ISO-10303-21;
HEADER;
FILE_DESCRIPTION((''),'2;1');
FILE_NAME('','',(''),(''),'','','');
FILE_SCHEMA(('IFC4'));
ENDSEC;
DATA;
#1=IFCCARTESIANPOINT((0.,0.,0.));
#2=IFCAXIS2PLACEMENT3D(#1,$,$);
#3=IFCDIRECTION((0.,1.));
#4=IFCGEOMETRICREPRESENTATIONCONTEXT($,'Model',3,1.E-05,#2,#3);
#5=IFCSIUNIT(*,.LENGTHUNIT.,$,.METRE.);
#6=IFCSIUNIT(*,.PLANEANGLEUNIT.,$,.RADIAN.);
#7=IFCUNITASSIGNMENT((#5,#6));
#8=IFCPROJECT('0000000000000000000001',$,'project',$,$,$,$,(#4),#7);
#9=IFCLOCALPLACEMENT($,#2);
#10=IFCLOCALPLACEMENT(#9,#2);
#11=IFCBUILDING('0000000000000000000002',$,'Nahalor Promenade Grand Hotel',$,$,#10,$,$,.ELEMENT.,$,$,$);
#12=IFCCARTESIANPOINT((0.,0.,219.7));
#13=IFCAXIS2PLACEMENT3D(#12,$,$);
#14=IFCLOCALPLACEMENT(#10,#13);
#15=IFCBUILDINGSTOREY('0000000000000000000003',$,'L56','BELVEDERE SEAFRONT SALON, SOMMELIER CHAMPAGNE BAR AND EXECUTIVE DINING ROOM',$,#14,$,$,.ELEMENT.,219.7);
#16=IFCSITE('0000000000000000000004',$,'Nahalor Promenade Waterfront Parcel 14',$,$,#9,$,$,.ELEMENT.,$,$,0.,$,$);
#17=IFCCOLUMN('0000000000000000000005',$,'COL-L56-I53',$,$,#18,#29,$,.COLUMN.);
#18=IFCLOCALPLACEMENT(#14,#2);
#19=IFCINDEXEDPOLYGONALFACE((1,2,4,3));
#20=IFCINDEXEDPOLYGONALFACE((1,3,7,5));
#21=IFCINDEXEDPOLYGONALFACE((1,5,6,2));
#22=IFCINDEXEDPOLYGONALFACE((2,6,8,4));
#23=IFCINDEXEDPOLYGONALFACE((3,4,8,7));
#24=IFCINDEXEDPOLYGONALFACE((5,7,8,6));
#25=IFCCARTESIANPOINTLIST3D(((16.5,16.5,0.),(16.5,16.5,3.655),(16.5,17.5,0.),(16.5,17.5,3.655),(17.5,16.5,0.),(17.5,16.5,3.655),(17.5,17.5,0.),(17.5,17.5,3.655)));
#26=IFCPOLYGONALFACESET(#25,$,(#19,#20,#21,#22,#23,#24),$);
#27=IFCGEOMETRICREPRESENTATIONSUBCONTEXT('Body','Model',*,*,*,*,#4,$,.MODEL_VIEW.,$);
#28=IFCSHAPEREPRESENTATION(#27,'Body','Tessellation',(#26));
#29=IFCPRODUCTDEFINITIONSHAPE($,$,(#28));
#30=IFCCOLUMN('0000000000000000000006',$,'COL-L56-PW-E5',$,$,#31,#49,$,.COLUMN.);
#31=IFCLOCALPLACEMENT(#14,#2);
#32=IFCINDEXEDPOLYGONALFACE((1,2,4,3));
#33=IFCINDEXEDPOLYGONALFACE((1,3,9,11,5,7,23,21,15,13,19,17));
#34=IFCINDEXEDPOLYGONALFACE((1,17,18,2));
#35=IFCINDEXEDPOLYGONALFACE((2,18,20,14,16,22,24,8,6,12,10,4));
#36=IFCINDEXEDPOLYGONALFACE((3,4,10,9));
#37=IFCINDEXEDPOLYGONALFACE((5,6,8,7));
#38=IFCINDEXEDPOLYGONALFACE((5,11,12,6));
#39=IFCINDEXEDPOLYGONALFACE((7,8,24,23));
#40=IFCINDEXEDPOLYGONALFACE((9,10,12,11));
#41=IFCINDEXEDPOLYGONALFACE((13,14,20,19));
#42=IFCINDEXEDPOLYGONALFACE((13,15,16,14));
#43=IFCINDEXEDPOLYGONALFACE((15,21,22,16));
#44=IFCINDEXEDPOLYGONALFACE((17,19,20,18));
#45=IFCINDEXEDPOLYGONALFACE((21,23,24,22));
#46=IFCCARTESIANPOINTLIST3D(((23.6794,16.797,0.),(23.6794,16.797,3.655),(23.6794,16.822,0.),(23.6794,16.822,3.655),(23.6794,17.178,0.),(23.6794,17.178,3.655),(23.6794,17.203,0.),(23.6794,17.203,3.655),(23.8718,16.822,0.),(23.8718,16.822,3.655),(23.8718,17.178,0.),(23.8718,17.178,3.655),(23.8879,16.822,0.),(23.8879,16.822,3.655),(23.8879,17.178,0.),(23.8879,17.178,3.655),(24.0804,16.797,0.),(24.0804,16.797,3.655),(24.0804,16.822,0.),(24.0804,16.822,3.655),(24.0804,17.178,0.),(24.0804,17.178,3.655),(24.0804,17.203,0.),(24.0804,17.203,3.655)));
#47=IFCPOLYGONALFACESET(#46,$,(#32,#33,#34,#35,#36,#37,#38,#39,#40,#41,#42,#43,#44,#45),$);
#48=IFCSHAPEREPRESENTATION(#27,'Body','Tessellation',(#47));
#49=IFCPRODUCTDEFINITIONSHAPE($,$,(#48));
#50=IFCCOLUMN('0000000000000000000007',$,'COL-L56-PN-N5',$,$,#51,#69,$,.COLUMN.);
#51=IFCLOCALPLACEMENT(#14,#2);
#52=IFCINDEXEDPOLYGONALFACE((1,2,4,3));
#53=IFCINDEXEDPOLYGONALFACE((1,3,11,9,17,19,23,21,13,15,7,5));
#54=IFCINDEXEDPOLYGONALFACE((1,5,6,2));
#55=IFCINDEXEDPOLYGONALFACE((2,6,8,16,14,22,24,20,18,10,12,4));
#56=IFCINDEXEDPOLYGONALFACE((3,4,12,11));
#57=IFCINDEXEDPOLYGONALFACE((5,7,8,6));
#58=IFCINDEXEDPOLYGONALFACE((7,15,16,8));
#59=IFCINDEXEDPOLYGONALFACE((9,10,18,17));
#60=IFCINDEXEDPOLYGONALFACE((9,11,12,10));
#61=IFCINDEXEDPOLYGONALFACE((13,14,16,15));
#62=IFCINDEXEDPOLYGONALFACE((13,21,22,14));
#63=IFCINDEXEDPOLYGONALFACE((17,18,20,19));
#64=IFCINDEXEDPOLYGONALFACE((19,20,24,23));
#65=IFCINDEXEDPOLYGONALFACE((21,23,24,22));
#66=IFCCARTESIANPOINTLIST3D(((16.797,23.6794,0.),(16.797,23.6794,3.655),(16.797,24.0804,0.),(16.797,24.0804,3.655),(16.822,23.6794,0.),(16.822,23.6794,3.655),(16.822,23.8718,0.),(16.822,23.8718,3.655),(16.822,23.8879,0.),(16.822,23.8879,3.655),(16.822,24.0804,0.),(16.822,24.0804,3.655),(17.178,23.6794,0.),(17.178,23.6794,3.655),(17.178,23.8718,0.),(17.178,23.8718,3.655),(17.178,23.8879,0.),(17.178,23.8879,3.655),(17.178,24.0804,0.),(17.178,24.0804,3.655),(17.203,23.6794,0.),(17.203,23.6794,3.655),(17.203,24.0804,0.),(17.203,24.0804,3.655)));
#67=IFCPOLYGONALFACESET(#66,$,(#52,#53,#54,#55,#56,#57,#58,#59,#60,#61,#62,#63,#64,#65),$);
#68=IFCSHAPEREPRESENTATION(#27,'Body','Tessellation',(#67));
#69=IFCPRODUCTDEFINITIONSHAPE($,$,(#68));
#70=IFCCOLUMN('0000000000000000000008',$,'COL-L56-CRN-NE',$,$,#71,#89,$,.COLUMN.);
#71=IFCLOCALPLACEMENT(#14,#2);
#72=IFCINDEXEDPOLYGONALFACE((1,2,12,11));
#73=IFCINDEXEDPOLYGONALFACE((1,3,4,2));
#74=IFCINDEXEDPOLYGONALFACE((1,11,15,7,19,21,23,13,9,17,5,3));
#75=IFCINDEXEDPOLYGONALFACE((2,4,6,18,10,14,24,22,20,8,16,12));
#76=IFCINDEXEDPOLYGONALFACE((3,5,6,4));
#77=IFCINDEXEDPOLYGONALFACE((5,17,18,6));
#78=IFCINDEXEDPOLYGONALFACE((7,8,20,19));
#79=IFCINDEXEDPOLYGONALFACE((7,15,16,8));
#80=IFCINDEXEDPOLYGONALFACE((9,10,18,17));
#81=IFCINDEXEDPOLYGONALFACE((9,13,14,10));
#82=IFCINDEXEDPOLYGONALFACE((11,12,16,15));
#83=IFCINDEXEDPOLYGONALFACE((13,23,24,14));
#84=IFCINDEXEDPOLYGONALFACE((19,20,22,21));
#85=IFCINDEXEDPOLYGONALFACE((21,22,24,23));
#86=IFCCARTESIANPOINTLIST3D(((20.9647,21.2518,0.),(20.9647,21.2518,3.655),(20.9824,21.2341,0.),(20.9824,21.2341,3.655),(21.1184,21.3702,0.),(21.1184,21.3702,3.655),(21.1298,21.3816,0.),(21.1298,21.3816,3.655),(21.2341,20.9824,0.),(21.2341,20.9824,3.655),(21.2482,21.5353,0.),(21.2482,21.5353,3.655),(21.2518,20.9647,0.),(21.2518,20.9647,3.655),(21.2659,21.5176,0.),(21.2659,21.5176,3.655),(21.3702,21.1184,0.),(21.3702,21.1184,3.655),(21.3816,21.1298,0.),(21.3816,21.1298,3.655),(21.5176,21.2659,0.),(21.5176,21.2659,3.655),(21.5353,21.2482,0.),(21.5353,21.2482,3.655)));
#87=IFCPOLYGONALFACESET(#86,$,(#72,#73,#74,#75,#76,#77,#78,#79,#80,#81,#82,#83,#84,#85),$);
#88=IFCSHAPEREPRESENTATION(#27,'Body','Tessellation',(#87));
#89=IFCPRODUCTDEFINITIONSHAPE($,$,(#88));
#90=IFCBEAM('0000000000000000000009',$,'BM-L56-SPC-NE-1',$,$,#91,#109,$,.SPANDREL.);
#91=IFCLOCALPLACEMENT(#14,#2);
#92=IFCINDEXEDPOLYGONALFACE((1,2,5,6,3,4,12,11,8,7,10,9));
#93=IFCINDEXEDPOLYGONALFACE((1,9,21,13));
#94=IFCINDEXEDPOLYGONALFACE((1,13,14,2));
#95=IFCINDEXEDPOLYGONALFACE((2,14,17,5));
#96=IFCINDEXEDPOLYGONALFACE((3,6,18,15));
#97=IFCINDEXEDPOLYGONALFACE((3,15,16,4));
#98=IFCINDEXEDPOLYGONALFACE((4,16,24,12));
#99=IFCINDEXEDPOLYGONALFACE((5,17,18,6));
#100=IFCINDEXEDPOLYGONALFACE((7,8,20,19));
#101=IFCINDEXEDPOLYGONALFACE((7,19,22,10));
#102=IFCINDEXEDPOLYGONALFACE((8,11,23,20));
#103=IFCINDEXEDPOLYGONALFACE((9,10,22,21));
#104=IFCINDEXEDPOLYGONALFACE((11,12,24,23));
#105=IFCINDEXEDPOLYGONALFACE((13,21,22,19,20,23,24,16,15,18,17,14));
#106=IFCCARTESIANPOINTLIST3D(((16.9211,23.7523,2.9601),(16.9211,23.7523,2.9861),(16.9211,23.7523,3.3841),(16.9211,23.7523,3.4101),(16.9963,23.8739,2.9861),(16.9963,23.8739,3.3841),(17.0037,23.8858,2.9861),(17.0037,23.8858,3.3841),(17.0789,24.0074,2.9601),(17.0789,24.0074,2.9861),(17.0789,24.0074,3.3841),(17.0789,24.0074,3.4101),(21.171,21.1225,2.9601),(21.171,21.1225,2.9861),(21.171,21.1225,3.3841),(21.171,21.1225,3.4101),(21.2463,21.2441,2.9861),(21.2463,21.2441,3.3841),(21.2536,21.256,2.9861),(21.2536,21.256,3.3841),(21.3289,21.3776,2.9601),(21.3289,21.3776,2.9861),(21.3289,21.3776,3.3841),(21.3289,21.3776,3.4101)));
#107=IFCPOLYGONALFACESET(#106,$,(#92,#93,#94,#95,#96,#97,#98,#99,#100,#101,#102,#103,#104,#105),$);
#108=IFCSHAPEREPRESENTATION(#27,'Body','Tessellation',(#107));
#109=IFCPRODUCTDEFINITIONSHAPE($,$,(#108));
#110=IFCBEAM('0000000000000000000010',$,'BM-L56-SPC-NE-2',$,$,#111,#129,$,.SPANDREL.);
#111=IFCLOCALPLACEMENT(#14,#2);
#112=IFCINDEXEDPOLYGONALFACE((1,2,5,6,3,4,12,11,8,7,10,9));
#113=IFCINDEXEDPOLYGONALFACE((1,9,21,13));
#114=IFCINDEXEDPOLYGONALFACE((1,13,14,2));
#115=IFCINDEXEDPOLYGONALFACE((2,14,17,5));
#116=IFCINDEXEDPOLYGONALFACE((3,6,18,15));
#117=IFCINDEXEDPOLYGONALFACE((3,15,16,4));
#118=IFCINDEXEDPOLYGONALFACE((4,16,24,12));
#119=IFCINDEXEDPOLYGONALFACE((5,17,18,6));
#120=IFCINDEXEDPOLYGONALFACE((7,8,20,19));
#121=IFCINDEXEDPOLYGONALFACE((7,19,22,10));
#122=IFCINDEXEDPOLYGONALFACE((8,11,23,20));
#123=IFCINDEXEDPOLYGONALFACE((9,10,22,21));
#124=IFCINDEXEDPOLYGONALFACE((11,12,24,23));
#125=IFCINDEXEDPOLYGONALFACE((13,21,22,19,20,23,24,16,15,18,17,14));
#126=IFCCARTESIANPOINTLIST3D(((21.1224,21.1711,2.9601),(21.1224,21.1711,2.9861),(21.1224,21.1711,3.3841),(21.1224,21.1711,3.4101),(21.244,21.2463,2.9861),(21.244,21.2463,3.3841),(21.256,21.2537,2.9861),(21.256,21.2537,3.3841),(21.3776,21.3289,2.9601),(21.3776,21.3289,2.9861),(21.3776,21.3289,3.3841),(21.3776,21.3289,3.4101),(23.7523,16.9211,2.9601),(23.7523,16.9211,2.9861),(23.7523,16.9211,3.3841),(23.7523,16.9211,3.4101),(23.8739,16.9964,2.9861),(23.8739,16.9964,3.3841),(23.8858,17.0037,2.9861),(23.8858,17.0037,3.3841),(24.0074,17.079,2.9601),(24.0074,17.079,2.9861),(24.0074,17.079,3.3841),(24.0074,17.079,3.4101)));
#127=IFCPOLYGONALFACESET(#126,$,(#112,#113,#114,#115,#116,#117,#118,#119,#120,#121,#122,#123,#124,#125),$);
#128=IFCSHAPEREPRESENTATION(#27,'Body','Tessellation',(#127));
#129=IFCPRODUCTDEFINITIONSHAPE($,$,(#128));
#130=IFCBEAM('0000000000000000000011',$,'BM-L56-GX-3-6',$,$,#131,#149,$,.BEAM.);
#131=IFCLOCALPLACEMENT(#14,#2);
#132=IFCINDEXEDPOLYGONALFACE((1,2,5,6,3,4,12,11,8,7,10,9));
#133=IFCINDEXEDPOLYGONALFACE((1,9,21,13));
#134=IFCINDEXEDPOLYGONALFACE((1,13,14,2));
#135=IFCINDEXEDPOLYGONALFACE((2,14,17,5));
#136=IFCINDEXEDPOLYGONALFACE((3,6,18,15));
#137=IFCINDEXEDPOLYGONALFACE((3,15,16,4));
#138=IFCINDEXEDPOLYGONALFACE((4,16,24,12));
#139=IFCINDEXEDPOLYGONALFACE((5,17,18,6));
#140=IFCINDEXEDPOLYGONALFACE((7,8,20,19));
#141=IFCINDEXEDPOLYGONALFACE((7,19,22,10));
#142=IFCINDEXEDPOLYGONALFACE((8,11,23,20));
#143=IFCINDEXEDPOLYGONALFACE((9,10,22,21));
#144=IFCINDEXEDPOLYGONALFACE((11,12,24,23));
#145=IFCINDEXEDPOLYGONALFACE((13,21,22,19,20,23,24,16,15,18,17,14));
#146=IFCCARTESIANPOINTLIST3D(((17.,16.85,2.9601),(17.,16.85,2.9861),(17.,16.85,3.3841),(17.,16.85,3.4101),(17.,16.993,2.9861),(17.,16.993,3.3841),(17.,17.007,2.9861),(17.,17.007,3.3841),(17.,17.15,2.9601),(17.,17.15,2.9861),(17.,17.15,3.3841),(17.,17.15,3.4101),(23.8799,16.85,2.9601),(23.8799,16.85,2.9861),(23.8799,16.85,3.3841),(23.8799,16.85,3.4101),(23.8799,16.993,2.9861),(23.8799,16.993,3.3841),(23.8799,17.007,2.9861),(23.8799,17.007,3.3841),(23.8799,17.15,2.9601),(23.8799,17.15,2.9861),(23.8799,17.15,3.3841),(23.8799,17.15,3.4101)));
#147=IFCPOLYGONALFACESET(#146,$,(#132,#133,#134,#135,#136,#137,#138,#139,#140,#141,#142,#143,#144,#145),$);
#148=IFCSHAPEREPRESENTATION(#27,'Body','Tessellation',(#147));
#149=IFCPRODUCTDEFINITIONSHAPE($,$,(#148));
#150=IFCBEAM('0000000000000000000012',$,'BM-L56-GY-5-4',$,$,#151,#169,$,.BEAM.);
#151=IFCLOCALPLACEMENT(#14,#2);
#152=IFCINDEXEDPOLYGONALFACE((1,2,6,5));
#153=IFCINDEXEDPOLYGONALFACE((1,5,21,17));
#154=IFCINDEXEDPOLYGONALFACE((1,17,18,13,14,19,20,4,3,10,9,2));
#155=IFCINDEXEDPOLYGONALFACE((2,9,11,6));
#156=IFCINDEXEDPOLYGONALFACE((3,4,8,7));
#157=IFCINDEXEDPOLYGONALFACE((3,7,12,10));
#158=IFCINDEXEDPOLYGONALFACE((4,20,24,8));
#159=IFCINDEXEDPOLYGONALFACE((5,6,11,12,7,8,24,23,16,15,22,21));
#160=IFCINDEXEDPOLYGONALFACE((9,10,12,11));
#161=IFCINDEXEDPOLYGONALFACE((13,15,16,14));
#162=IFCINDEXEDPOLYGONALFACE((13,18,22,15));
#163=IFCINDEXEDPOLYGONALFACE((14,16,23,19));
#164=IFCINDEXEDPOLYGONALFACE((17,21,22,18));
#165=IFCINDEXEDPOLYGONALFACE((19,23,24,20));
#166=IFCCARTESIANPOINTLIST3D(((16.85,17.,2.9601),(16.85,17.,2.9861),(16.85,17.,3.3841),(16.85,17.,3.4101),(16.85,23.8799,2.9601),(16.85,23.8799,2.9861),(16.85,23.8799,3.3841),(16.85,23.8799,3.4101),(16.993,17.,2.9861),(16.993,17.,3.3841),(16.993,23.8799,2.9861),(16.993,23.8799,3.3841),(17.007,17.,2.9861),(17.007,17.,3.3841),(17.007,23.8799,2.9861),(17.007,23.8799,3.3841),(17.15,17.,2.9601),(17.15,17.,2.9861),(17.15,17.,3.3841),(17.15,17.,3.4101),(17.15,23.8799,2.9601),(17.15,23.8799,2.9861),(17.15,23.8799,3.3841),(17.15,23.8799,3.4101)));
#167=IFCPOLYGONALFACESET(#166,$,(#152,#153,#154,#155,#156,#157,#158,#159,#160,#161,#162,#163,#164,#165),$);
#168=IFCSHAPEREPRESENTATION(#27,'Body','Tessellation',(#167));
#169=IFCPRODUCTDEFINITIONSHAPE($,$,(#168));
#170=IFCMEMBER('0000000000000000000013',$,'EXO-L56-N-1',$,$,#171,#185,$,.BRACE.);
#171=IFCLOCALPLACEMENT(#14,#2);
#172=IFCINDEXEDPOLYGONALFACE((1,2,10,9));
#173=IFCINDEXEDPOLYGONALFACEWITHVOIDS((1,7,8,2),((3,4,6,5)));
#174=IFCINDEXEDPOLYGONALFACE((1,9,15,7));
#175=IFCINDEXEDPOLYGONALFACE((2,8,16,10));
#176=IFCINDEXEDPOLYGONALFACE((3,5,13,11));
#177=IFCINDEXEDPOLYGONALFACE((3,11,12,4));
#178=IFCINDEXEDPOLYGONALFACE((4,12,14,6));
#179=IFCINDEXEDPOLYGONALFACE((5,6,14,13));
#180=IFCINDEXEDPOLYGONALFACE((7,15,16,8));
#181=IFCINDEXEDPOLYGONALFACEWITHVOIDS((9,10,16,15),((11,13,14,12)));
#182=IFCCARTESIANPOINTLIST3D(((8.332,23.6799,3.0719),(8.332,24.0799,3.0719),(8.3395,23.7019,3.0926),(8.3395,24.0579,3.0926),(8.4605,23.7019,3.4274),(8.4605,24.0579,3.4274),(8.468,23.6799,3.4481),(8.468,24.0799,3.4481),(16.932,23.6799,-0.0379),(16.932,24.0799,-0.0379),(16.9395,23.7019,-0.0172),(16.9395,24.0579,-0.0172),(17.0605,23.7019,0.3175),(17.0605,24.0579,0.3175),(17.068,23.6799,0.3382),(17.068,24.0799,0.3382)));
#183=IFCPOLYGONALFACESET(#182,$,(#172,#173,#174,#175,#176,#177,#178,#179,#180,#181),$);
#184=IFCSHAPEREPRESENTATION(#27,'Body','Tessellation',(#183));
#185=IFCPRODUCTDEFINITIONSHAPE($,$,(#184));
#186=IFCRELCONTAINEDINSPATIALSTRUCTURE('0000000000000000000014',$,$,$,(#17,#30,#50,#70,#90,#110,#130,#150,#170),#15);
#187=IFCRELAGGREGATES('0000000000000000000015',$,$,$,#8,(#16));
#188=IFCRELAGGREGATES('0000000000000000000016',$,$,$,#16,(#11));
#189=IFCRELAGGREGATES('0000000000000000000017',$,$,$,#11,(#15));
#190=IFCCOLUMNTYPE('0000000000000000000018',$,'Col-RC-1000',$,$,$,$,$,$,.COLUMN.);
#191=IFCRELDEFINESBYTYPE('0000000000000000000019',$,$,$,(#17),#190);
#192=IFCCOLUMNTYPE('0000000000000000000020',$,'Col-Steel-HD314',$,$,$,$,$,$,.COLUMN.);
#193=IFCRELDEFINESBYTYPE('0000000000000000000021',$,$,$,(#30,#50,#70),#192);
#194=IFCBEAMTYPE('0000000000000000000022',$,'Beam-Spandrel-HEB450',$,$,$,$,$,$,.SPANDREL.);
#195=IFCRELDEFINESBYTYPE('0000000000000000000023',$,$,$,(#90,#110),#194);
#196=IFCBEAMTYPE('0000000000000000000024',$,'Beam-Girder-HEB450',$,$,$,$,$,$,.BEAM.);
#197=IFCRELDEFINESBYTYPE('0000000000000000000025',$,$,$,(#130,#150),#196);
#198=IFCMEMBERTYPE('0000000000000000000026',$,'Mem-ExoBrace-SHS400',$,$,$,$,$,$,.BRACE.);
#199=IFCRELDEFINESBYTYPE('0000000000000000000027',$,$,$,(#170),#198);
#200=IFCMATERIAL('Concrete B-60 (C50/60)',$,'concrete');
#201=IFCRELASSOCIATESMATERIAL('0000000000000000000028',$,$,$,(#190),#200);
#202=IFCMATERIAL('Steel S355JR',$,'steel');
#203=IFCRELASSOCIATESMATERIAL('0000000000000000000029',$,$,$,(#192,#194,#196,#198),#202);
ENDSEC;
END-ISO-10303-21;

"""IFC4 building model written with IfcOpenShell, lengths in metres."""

from ifc_helpers import new_model, si_unit, direction, frame, origin, origin_2d, place, context, subcontext, project, spatial, rectangle, hollow_rectangle, i_section, extrude, source, transform, mapped, material, material_profile, profile_set, type_object, element, save


model = new_model("IFC4")

# Units and contexts
model_context = context("Model", 3, precision=1e-05, world=origin(), true_north=direction((0.0, 1.0)))
body_context = subcontext(model_context, "Body", "Model", "MODEL_VIEW")
ifc_project = project(units=[si_unit("LENGTHUNIT", "METRE"), si_unit("PLANEANGLEUNIT", "RADIAN")], contexts=[model_context])

# Site, building, storey
site_placement = place(None, origin())
site = spatial("IfcSite", under=ifc_project, at=site_placement, Name="Nahalor Promenade Waterfront Parcel 14", CompositionType="ELEMENT", RefElevation=0.0)
building_placement = place(site_placement, origin())
building = spatial("IfcBuilding", under=site, at=building_placement, Name="Nahalor Promenade Grand Hotel", CompositionType="ELEMENT")
storey_placement = place(building_placement, frame((0.0, 0.0, 219.7)))
storey = spatial("IfcBuildingStorey", under=building, at=storey_placement, Name="L56", Description="BELVEDERE SEAFRONT SALON, SOMMELIER CHAMPAGNE BAR AND EXECUTIVE DINING ROOM", CompositionType="ELEMENT", Elevation=219.7)

# Columns
ifc_material_1 = material(Name="Concrete B-60 (C50/60)", Category="concrete")
ifc_material_profile_1 = material_profile(ifc_material_1, rectangle(XDim=1.0, YDim=1.0, at=origin_2d()), Name="RC 1000x1000")
ifc_profile_set_1 = profile_set([ifc_material_profile_1], Name="Concrete B-60 (C50/60)")
column_type_1 = type_object("IfcColumnType", Name="Col-RC-1000", PredefinedType="COLUMN", material=ifc_profile_set_1)
shared_shape_1 = source(origin(), body_context, "Body", "SweptSolid", [
    extrude(rectangle(XDim=1.0, YDim=1.0, at=origin_2d()), origin(), (0.0, 0.0, 1.0), 3.655),
])
column_placement = place(storey_placement, frame((17.0, 17.0, 0.0), z_axis=(0.0, 0.0, 1.0), x_axis=(1.0, 0.0, 0.0)))
element("IfcColumn", 1, at=column_placement, inside=storey, type_object=column_type_1, Name="COL-L56-I53", PredefinedType="COLUMN", context=body_context, shape_type="MappedRepresentation", body=[
    mapped(shared_shape_1, transform((0.0, 0.0, 0.0), scale=1.0)),
])
ifc_material_2 = material(Name="Steel S355JR", Category="steel")
ifc_material_profile_2 = material_profile(ifc_material_2, i_section(OverallWidth=0.401, OverallDepth=0.406, WebThickness=0.0161, FlangeThickness=0.025, at=origin_2d()), Name="HD 400x314")
ifc_profile_set_2 = profile_set([ifc_material_profile_2], Name="Steel S355JR")
column_type_2 = type_object("IfcColumnType", Name="Col-Steel-HD314", PredefinedType="COLUMN", material=ifc_profile_set_2)
shared_shape_2 = source(origin(), body_context, "Body", "SweptSolid", [
    extrude(i_section(OverallWidth=0.401, OverallDepth=0.406, WebThickness=0.0161, FlangeThickness=0.025, at=origin_2d()), origin(), (0.0, 0.0, 1.0), 3.655),
])
for number, where, z_axis, x_axis, name in (
    (2, (23.8799, 17.0, 0.0), (0.0, 0.0, 1.0), (1.0, 0.0, 0.0), "COL-L56-PW-E5"),
    (3, (17.0, 23.8799, 0.0), (0.0, 0.0, 1.0), (0.0, 1.0, 0.0), "COL-L56-PN-N5"),
    (4, (21.25, 21.25, 0.0), (0.0, 0.0, 1.0), (0.707107, 0.707107, 0.0), "COL-L56-CRN-NE"),
):
    element("IfcColumn", number, at=place(storey_placement, frame(where, z_axis=z_axis, x_axis=x_axis)), inside=storey, type_object=column_type_2, Name=name, PredefinedType="COLUMN", context=body_context, shape_type="MappedRepresentation", body=[
        mapped(shared_shape_2, transform((0.0, 0.0, 0.0), scale=1.0)),
    ])

# Beams
ifc_material_profile_3 = material_profile(ifc_material_2, i_section(OverallWidth=0.3, OverallDepth=0.45, WebThickness=0.014, FlangeThickness=0.026, at=origin_2d()), Name="HEB 450")
ifc_profile_set_3 = profile_set([ifc_material_profile_3], Name="Steel S355JR")
beam_type_1 = type_object("IfcBeamType", Name="Beam-Spandrel-HEB450", PredefinedType="SPANDREL", material=ifc_profile_set_3)
shared_shape_3 = source(origin(), body_context, "Body", "SweptSolid", [
    extrude(i_section(OverallWidth=0.3, OverallDepth=0.45, WebThickness=0.014, FlangeThickness=0.026, at=origin_2d()), origin(), (0.0, 0.0, 1.0), 4.9978),
])
for number, where, z_axis, x_axis, name in (
    (5, (17.0, 23.8799, 3.1851), (0.850361, -0.5262, 0.0), (0.5262, 0.850361, 0.0), "BM-L56-SPC-NE-1"),
    (6, (21.25, 21.25, 3.1851), (0.5262, -0.850361, 0.0), (0.850361, 0.5262, 0.0), "BM-L56-SPC-NE-2"),
):
    element("IfcBeam", number, at=place(storey_placement, frame(where, z_axis=z_axis, x_axis=x_axis)), inside=storey, type_object=beam_type_1, Name=name, PredefinedType="SPANDREL", context=body_context, shape_type="MappedRepresentation", body=[
        mapped(shared_shape_3, transform((0.0, 0.0, 0.0), scale=1.0)),
    ])
ifc_material_profile_4 = material_profile(ifc_material_2, i_section(OverallWidth=0.3, OverallDepth=0.45, WebThickness=0.014, FlangeThickness=0.026, at=origin_2d()), Name="HEB 450")
ifc_profile_set_4 = profile_set([ifc_material_profile_4], Name="Steel S355JR")
beam_type_2 = type_object("IfcBeamType", Name="Beam-Girder-HEB450", PredefinedType="BEAM", material=ifc_profile_set_4)
shared_shape_4 = source(origin(), body_context, "Body", "SweptSolid", [
    extrude(i_section(OverallWidth=0.3, OverallDepth=0.45, WebThickness=0.014, FlangeThickness=0.026, at=origin_2d()), origin(), (0.0, 0.0, 1.0), 6.8799),
])
for number, where, z_axis, x_axis, name in (
    (7, (17.0, 17.0, 3.1851), (1.0, 0.0, 0.0), (0.0, 1.0, 0.0), "BM-L56-GX-3-6"),
    (8, (17.0, 17.0, 3.1851), (0.0, 1.0, 0.0), (-1.0, 0.0, 0.0), "BM-L56-GY-5-4"),
):
    element("IfcBeam", number, at=place(storey_placement, frame(where, z_axis=z_axis, x_axis=x_axis)), inside=storey, type_object=beam_type_2, Name=name, PredefinedType="BEAM", context=body_context, shape_type="MappedRepresentation", body=[
        mapped(shared_shape_4, transform((0.0, 0.0, 0.0), scale=1.0)),
    ])

# Member
ifc_material_profile_5 = material_profile(ifc_material_2, hollow_rectangle(XDim=0.4, YDim=0.4, WallThickness=0.022, at=origin_2d()), Name="SHS 400x400x22")
ifc_profile_set_5 = profile_set([ifc_material_profile_5], Name="Steel S355JR")
member_type_1 = type_object("IfcMemberType", Name="Mem-ExoBrace-SHS400", PredefinedType="BRACE", material=ifc_profile_set_5)
shared_shape_5 = source(origin(), body_context, "Body", "SweptSolid", [
    extrude(hollow_rectangle(XDim=0.4, YDim=0.4, WallThickness=0.022, at=origin_2d()), origin(), (0.0, 0.0, 1.0), 9.145),
])
member_1_placement = place(storey_placement, frame((17.0, 23.8799, 0.1501), z_axis=(-0.940405, 0.0, 0.340058), x_axis=(0.0, -1.0, 0.0)))
element("IfcMember", 9, at=member_1_placement, inside=storey, type_object=member_type_1, Name="EXO-L56-N-1", PredefinedType="BRACE", context=body_context, shape_type="MappedRepresentation", body=[
    mapped(shared_shape_5, transform((0.0, 0.0, 0.0), scale=1.0)),
])

save(model, "model.ifc")
